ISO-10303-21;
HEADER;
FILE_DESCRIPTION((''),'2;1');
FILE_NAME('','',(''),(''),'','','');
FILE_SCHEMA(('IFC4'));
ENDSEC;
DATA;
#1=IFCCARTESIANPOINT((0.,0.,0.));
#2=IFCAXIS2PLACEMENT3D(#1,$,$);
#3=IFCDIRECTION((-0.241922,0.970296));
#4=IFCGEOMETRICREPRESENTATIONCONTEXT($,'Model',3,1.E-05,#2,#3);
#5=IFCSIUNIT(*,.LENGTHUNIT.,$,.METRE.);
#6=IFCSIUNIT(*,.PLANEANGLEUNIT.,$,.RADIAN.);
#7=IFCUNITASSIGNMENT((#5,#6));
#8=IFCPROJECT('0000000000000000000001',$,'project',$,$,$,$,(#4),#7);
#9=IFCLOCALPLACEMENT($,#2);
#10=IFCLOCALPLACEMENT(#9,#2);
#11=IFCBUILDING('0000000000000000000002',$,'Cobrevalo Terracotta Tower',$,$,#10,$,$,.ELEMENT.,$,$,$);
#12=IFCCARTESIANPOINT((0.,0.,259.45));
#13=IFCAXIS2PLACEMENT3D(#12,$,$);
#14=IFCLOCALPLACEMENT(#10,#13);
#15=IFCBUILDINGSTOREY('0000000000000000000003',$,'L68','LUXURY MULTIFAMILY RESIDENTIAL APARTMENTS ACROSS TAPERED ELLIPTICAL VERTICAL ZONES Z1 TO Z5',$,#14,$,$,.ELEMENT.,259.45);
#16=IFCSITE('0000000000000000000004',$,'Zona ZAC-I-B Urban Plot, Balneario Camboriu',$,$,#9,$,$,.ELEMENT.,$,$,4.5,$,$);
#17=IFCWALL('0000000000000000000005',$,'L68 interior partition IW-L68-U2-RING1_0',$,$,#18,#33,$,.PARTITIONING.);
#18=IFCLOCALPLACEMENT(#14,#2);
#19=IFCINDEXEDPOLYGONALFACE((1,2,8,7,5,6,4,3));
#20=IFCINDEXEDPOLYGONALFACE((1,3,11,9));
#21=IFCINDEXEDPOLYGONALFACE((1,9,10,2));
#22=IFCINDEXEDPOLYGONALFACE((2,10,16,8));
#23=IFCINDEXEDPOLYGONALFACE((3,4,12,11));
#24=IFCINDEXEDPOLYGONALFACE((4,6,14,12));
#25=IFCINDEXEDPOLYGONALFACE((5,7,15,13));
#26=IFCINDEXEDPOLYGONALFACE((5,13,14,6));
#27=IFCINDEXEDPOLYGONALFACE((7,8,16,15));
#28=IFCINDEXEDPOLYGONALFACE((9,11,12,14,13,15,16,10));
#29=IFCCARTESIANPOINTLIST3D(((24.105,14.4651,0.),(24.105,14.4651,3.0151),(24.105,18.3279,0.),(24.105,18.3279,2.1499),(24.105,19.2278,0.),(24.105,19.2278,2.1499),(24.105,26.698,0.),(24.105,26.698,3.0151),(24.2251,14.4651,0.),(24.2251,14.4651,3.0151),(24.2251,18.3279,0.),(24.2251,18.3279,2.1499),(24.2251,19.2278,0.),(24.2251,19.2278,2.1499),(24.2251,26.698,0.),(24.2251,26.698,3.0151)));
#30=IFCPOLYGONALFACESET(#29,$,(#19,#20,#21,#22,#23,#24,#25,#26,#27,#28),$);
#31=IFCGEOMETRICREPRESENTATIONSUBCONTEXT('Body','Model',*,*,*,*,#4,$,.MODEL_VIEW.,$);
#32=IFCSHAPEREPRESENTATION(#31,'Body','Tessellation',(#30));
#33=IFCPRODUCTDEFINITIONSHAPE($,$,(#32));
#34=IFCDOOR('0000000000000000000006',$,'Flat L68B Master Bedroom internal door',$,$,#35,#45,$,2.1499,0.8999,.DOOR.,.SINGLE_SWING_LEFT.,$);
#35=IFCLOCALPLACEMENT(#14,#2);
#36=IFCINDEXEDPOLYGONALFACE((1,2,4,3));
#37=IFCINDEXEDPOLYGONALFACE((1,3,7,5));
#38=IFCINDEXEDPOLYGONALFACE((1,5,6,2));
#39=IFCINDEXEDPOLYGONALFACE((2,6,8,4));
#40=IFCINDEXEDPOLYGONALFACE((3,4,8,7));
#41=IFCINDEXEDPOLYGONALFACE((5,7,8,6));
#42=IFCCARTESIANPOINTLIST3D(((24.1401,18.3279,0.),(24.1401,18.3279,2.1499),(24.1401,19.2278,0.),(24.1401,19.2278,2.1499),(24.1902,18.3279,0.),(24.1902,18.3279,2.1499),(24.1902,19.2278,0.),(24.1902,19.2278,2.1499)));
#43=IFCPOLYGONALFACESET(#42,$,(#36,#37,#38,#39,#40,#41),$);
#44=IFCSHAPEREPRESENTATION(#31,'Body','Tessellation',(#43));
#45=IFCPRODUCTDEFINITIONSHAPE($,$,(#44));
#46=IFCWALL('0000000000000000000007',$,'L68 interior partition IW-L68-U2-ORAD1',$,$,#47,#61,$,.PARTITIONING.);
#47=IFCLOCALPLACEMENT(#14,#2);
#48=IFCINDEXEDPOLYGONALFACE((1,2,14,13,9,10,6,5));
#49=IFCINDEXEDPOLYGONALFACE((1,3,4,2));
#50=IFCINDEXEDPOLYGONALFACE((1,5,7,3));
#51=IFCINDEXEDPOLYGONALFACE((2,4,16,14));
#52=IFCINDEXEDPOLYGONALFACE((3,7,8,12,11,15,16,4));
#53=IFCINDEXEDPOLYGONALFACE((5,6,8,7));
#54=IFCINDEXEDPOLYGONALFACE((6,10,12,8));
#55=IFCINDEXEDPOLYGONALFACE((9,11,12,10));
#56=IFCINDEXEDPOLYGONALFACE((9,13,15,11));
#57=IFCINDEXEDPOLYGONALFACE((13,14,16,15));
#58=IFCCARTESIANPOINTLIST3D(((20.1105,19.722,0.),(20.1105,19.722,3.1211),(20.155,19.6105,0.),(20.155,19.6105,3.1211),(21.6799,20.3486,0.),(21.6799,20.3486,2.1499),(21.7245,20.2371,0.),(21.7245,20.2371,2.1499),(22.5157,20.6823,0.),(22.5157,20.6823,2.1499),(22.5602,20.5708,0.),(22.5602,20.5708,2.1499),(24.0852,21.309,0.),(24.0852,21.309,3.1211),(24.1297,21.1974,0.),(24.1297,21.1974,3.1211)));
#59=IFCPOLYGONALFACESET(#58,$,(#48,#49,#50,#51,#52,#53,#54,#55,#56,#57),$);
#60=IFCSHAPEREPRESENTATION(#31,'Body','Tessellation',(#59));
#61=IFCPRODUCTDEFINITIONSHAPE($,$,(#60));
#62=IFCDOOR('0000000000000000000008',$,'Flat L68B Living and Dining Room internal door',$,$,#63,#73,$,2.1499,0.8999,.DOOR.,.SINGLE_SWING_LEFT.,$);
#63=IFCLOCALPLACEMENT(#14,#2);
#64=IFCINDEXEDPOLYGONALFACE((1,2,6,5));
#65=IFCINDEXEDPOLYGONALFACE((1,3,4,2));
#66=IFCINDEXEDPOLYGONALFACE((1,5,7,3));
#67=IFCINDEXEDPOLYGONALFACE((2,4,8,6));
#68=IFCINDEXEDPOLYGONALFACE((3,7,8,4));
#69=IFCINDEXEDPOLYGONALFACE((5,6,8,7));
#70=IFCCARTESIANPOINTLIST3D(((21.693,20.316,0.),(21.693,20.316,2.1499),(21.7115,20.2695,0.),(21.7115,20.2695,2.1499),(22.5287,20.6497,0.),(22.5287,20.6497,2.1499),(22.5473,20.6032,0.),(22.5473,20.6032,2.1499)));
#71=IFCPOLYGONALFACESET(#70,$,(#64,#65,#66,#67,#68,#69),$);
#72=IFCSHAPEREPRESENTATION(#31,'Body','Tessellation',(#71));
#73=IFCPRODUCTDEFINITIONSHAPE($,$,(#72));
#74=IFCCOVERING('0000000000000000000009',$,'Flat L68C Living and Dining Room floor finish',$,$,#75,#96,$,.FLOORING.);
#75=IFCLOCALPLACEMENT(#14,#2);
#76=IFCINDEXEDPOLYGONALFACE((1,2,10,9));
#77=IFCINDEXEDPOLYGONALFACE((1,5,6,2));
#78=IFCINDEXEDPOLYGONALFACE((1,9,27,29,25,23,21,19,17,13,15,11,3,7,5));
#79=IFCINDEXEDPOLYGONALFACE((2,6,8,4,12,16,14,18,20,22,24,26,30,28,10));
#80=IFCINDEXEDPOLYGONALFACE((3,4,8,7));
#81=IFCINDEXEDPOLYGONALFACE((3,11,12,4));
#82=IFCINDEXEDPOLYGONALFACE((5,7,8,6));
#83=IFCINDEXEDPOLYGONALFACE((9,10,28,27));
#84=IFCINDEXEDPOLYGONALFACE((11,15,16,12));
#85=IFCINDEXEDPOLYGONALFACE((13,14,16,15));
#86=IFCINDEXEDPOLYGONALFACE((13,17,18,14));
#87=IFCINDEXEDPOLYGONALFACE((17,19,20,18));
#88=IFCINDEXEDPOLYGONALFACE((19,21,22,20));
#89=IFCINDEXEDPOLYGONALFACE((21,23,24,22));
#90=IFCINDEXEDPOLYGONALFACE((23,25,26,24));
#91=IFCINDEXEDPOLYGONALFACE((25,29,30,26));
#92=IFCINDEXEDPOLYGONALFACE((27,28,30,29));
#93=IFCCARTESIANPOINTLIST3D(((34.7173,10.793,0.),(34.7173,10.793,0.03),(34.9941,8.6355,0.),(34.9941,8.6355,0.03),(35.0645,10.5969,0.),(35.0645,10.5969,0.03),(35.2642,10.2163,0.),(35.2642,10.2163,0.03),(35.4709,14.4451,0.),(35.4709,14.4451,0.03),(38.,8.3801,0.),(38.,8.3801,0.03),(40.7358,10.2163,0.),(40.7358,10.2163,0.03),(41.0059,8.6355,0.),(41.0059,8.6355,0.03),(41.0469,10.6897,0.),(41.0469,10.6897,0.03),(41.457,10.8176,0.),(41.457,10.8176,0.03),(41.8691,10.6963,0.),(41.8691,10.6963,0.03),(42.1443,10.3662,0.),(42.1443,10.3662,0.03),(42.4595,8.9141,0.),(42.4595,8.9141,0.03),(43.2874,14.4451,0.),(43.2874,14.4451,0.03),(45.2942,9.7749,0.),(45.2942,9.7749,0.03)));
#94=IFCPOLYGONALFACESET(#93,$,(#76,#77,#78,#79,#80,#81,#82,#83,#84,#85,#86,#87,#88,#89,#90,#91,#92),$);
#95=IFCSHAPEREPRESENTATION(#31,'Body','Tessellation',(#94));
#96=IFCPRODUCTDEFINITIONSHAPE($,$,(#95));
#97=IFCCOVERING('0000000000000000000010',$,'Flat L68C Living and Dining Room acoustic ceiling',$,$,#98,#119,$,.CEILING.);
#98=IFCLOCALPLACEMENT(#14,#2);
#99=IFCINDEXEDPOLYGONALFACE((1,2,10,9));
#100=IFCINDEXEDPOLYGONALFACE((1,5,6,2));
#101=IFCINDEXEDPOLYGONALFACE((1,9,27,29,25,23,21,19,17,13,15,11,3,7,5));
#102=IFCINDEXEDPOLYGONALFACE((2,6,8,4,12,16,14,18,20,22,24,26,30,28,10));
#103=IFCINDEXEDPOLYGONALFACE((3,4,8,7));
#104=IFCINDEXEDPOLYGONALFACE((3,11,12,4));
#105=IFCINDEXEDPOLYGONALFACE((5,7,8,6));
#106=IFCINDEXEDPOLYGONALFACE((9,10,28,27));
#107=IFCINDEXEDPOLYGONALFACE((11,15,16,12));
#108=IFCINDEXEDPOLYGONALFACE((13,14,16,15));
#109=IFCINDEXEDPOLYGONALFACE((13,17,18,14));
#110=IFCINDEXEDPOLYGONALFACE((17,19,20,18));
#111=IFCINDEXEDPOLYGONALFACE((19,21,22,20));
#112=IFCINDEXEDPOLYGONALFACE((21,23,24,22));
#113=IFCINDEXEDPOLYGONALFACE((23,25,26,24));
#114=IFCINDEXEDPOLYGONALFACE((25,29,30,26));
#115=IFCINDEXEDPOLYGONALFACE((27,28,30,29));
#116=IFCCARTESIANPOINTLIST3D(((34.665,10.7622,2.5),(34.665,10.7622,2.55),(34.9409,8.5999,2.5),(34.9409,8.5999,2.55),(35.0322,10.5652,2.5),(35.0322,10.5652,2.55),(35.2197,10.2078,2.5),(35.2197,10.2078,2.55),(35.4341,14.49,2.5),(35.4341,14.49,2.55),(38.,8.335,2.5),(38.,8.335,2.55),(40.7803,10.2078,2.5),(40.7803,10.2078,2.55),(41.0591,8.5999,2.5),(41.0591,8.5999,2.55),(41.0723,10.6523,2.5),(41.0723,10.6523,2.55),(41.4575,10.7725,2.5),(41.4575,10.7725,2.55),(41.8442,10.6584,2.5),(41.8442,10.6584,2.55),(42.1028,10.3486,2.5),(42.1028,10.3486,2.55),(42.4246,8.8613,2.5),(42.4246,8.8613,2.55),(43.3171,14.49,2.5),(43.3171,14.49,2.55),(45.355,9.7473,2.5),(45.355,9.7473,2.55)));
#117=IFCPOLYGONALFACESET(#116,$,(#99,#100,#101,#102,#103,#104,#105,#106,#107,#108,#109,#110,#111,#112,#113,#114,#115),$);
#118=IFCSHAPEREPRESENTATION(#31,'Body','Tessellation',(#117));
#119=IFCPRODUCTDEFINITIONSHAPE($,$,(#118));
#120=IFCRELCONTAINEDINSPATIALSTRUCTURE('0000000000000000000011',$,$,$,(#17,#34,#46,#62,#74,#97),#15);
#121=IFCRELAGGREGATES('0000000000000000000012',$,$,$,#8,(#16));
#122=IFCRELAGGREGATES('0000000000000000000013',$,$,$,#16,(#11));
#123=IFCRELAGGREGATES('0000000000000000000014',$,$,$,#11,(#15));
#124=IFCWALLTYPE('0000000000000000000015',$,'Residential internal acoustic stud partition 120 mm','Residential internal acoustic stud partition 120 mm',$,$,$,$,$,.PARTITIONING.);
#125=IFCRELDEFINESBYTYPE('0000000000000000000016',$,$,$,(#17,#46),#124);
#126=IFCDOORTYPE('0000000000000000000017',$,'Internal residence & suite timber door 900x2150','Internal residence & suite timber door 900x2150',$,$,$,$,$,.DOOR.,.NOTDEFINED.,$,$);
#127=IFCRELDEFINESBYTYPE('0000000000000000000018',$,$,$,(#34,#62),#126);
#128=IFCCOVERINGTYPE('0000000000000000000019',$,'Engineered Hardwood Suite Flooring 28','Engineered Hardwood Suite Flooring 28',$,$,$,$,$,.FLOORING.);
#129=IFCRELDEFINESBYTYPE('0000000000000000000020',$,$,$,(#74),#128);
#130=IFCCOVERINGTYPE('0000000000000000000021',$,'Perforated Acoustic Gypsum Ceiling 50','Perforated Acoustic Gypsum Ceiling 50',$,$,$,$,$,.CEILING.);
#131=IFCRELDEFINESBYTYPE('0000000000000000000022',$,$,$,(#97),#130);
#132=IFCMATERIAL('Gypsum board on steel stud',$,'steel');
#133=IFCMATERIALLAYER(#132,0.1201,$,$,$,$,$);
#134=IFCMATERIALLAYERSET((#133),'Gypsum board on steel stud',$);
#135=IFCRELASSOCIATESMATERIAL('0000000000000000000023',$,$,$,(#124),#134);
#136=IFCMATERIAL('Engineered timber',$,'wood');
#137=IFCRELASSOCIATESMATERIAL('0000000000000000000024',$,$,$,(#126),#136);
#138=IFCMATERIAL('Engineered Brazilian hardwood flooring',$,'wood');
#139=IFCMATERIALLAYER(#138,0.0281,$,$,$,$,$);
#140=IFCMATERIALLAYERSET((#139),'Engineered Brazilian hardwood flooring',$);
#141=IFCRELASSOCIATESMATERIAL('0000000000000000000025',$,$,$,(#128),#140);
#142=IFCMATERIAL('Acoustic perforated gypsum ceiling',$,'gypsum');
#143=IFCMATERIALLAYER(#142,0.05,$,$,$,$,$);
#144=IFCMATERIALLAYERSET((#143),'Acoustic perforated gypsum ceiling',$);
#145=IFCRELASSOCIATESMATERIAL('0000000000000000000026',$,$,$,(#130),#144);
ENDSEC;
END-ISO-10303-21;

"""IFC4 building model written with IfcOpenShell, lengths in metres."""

from ifc_helpers import new_model, si_unit, direction, frame, frame_2d, origin, place, context, subcontext, project, spatial, polyline, rectangle, outline, extrude, source, transform, mapped, material, layer, layer_set, type_object, element, fill, save


model = new_model("IFC4")

# Units and contexts
model_context = context("Model", 3, precision=1e-05, world=origin(), true_north=direction((-0.241922, 0.970296)))
body_context = subcontext(model_context, "Body", "Model", "MODEL_VIEW")
ifc_project = project(units=[si_unit("LENGTHUNIT", "METRE"), si_unit("PLANEANGLEUNIT", "RADIAN")], contexts=[model_context])

# Site, building, storey
site_placement = place(None, origin())
site = spatial("IfcSite", under=ifc_project, at=site_placement, Name="Zona ZAC-I-B Urban Plot, Balneario Camboriu", CompositionType="ELEMENT", RefElevation=4.5)
building_placement = place(site_placement, origin())
building = spatial("IfcBuilding", under=site, at=building_placement, Name="Cobrevalo Terracotta Tower", CompositionType="ELEMENT")
storey_placement = place(building_placement, frame((0.0, 0.0, 259.45)))
storey = spatial("IfcBuildingStorey", under=building, at=storey_placement, Name="L68", Description="LUXURY MULTIFAMILY RESIDENTIAL APARTMENTS ACROSS TAPERED ELLIPTICAL VERTICAL ZONES Z1 TO Z5", CompositionType="ELEMENT", Elevation=259.45)

# Walls, openings, doors
ifc_material_1 = material(Name="Gypsum board on steel stud", Category="steel")
ifc_layer_1 = layer(ifc_material_1, 0.1201)
ifc_layer_set_1 = layer_set([ifc_layer_1], Name="Gypsum board on steel stud")
wall_type = type_object("IfcWallType", Name="Residential internal acoustic stud partition 120 mm", Description="Residential internal acoustic stud partition 120 mm", PredefinedType="PARTITIONING", material=ifc_layer_set_1)
wall_1_placement = place(storey_placement, frame((24.165, 14.4651, 0.0), z_axis=(0.0, 0.0, 1.0), x_axis=(0.0, 1.0, 0.0)))
wall_1 = element("IfcWall", 1, at=wall_1_placement, inside=storey, type_object=wall_type, Name="L68 interior partition IW-L68-U2-RING1_0", PredefinedType="PARTITIONING", context=body_context, shape_type="SweptSolid", body=[
    extrude(rectangle(XDim=12.2329, YDim=0.1201, at=frame_2d((6.1165, 0.0))), origin(), (0.0, 0.0, 1.0), 3.0151),
])
opening_1_placement = place(wall_1_placement, frame((3.8628, 0.0, 0.0)))
opening_1 = element("IfcOpeningElement", 2, at=opening_1_placement, cuts=wall_1, PredefinedType="OPENING", context=body_context, shape_type="SweptSolid", body=[
    extrude(rectangle(XDim=0.8999, YDim=2.1499, at=frame_2d((0.45, 1.075))), frame((0.0, 0.0701, 0.0), z_axis=(0.0, -1.0, 0.0), x_axis=(1.0, 0.0, 0.0)), (0.0, 0.0, 1.0), 0.1401),
])
ifc_material_2 = material(Name="Engineered timber", Category="wood")
door_type = type_object("IfcDoorType", Name="Internal residence & suite timber door 900x2150", Description="Internal residence & suite timber door 900x2150", OperationType="NOTDEFINED", PredefinedType="DOOR", material=ifc_material_2)
shared_shape_1 = source(origin(), body_context, "Body", "SweptSolid", [
    extrude(rectangle(XDim=0.8999, YDim=2.1499, at=frame_2d((0.45, 1.075))), frame((0.0, 0.0249, 0.0), z_axis=(0.0, -1.0, 0.0), x_axis=(1.0, 0.0, 0.0)), (0.0, 0.0, 1.0), 0.05),
])
door_1_placement = place(opening_1_placement, origin())
door_1 = element("IfcDoor", 3, at=door_1_placement, inside=storey, type_object=door_type, Name="Flat L68B Master Bedroom internal door", OperationType="SINGLE_SWING_LEFT", OverallHeight=2.1499, OverallWidth=0.8999, PredefinedType="DOOR", context=body_context, shape_type="MappedRepresentation", body=[
    mapped(shared_shape_1, transform((0.0, 0.0, 0.0), scale=1.0)),
])
fill(opening_1, door_1)
wall_2_placement = place(storey_placement, frame((24.1074, 21.2532, 0.0), z_axis=(0.0, 0.0, 1.0), x_axis=(-0.928713, -0.3708, 0.0)))
wall_2 = element("IfcWall", 4, at=wall_2_placement, inside=storey, type_object=wall_type, Name="L68 interior partition IW-L68-U2-ORAD1", PredefinedType="PARTITIONING", context=body_context, shape_type="SweptSolid", body=[
    extrude(rectangle(XDim=4.2798, YDim=0.1201, at=frame_2d((2.1399, 0.0))), origin(), (0.0, 0.0, 1.0), 3.1211),
])
opening_2_placement = place(wall_2_placement, frame((1.6899, 0.0, 0.0)))
opening_2 = element("IfcOpeningElement", 5, at=opening_2_placement, cuts=wall_2, PredefinedType="OPENING", context=body_context, shape_type="SweptSolid", body=[
    extrude(rectangle(XDim=0.8999, YDim=2.1499, at=frame_2d((0.45, 1.075))), frame((0.0, 0.0701, 0.0), z_axis=(0.0, -1.0, 0.0), x_axis=(1.0, 0.0, 0.0)), (0.0, 0.0, 1.0), 0.1401),
])
door_2_placement = place(opening_2_placement, frame((0.8999, 0.0, 0.0), z_axis=(0.0, 0.0, 1.0), x_axis=(-1.0, 0.0, 0.0)))
door_2 = element("IfcDoor", 6, at=door_2_placement, inside=storey, type_object=door_type, Name="Flat L68B Living and Dining Room internal door", OperationType="SINGLE_SWING_LEFT", OverallHeight=2.1499, OverallWidth=0.8999, PredefinedType="DOOR", context=body_context, shape_type="MappedRepresentation", body=[
    mapped(shared_shape_1, transform((0.0, 0.0, 0.0), scale=1.0)),
])
fill(opening_2, door_2)

# Coverings
ifc_material_3 = material(Name="Engineered Brazilian hardwood flooring", Category="wood")
ifc_layer_2 = layer(ifc_material_3, 0.0281)
ifc_layer_set_2 = layer_set([ifc_layer_2], Name="Engineered Brazilian hardwood flooring")
covering_type_1 = type_object("IfcCoveringType", Name="Engineered Hardwood Suite Flooring 28", Description="Engineered Hardwood Suite Flooring 28", PredefinedType="FLOORING", material=ifc_layer_set_2)
covering_1_placement = place(storey_placement, origin())
element("IfcCovering", 7, at=covering_1_placement, inside=storey, type_object=covering_type_1, Name="Flat L68C Living and Dining Room floor finish", PredefinedType="FLOORING", context=body_context, shape_type="SweptSolid", body=[
    extrude(outline(polyline([(42.4595, 8.9141), (42.1443, 10.3662), (41.8691, 10.6963), (41.457, 10.8176), (41.0469, 10.6897), (40.7358, 10.2163), (41.0059, 8.6355), (38.0, 8.3801), (34.9941, 8.6355), (35.2642, 10.2163), (35.0645, 10.5969), (34.7173, 10.793), (35.4709, 14.4451), (43.2874, 14.4451), (45.2942, 9.7749), (42.4595, 8.9141)])), origin(), (0.0, 0.0, 1.0), 0.03),
])
ifc_material_4 = material(Name="Acoustic perforated gypsum ceiling", Category="gypsum")
ifc_layer_3 = layer(ifc_material_4, 0.05)
ifc_layer_set_3 = layer_set([ifc_layer_3], Name="Acoustic perforated gypsum ceiling")
covering_type_2 = type_object("IfcCoveringType", Name="Perforated Acoustic Gypsum Ceiling 50", Description="Perforated Acoustic Gypsum Ceiling 50", PredefinedType="CEILING", material=ifc_layer_set_3)
covering_2_placement = place(storey_placement, frame((0.0, 0.0, 2.5)))
element("IfcCovering", 8, at=covering_2_placement, inside=storey, type_object=covering_type_2, Name="Flat L68C Living and Dining Room acoustic ceiling", PredefinedType="CEILING", context=body_context, shape_type="SweptSolid", body=[
    extrude(outline(polyline([(42.4246, 8.8613), (42.1028, 10.3486), (41.8442, 10.6584), (41.4575, 10.7725), (41.0723, 10.6523), (40.7803, 10.2078), (41.0591, 8.5999), (38.0, 8.335), (34.9409, 8.5999), (35.2197, 10.2078), (35.0322, 10.5652), (34.665, 10.7622), (35.4341, 14.49), (43.3171, 14.49), (45.355, 9.7473), (42.4246, 8.8613)])), origin(), (0.0, 0.0, 1.0), 0.05),
])

save(model, "model.ifc")
